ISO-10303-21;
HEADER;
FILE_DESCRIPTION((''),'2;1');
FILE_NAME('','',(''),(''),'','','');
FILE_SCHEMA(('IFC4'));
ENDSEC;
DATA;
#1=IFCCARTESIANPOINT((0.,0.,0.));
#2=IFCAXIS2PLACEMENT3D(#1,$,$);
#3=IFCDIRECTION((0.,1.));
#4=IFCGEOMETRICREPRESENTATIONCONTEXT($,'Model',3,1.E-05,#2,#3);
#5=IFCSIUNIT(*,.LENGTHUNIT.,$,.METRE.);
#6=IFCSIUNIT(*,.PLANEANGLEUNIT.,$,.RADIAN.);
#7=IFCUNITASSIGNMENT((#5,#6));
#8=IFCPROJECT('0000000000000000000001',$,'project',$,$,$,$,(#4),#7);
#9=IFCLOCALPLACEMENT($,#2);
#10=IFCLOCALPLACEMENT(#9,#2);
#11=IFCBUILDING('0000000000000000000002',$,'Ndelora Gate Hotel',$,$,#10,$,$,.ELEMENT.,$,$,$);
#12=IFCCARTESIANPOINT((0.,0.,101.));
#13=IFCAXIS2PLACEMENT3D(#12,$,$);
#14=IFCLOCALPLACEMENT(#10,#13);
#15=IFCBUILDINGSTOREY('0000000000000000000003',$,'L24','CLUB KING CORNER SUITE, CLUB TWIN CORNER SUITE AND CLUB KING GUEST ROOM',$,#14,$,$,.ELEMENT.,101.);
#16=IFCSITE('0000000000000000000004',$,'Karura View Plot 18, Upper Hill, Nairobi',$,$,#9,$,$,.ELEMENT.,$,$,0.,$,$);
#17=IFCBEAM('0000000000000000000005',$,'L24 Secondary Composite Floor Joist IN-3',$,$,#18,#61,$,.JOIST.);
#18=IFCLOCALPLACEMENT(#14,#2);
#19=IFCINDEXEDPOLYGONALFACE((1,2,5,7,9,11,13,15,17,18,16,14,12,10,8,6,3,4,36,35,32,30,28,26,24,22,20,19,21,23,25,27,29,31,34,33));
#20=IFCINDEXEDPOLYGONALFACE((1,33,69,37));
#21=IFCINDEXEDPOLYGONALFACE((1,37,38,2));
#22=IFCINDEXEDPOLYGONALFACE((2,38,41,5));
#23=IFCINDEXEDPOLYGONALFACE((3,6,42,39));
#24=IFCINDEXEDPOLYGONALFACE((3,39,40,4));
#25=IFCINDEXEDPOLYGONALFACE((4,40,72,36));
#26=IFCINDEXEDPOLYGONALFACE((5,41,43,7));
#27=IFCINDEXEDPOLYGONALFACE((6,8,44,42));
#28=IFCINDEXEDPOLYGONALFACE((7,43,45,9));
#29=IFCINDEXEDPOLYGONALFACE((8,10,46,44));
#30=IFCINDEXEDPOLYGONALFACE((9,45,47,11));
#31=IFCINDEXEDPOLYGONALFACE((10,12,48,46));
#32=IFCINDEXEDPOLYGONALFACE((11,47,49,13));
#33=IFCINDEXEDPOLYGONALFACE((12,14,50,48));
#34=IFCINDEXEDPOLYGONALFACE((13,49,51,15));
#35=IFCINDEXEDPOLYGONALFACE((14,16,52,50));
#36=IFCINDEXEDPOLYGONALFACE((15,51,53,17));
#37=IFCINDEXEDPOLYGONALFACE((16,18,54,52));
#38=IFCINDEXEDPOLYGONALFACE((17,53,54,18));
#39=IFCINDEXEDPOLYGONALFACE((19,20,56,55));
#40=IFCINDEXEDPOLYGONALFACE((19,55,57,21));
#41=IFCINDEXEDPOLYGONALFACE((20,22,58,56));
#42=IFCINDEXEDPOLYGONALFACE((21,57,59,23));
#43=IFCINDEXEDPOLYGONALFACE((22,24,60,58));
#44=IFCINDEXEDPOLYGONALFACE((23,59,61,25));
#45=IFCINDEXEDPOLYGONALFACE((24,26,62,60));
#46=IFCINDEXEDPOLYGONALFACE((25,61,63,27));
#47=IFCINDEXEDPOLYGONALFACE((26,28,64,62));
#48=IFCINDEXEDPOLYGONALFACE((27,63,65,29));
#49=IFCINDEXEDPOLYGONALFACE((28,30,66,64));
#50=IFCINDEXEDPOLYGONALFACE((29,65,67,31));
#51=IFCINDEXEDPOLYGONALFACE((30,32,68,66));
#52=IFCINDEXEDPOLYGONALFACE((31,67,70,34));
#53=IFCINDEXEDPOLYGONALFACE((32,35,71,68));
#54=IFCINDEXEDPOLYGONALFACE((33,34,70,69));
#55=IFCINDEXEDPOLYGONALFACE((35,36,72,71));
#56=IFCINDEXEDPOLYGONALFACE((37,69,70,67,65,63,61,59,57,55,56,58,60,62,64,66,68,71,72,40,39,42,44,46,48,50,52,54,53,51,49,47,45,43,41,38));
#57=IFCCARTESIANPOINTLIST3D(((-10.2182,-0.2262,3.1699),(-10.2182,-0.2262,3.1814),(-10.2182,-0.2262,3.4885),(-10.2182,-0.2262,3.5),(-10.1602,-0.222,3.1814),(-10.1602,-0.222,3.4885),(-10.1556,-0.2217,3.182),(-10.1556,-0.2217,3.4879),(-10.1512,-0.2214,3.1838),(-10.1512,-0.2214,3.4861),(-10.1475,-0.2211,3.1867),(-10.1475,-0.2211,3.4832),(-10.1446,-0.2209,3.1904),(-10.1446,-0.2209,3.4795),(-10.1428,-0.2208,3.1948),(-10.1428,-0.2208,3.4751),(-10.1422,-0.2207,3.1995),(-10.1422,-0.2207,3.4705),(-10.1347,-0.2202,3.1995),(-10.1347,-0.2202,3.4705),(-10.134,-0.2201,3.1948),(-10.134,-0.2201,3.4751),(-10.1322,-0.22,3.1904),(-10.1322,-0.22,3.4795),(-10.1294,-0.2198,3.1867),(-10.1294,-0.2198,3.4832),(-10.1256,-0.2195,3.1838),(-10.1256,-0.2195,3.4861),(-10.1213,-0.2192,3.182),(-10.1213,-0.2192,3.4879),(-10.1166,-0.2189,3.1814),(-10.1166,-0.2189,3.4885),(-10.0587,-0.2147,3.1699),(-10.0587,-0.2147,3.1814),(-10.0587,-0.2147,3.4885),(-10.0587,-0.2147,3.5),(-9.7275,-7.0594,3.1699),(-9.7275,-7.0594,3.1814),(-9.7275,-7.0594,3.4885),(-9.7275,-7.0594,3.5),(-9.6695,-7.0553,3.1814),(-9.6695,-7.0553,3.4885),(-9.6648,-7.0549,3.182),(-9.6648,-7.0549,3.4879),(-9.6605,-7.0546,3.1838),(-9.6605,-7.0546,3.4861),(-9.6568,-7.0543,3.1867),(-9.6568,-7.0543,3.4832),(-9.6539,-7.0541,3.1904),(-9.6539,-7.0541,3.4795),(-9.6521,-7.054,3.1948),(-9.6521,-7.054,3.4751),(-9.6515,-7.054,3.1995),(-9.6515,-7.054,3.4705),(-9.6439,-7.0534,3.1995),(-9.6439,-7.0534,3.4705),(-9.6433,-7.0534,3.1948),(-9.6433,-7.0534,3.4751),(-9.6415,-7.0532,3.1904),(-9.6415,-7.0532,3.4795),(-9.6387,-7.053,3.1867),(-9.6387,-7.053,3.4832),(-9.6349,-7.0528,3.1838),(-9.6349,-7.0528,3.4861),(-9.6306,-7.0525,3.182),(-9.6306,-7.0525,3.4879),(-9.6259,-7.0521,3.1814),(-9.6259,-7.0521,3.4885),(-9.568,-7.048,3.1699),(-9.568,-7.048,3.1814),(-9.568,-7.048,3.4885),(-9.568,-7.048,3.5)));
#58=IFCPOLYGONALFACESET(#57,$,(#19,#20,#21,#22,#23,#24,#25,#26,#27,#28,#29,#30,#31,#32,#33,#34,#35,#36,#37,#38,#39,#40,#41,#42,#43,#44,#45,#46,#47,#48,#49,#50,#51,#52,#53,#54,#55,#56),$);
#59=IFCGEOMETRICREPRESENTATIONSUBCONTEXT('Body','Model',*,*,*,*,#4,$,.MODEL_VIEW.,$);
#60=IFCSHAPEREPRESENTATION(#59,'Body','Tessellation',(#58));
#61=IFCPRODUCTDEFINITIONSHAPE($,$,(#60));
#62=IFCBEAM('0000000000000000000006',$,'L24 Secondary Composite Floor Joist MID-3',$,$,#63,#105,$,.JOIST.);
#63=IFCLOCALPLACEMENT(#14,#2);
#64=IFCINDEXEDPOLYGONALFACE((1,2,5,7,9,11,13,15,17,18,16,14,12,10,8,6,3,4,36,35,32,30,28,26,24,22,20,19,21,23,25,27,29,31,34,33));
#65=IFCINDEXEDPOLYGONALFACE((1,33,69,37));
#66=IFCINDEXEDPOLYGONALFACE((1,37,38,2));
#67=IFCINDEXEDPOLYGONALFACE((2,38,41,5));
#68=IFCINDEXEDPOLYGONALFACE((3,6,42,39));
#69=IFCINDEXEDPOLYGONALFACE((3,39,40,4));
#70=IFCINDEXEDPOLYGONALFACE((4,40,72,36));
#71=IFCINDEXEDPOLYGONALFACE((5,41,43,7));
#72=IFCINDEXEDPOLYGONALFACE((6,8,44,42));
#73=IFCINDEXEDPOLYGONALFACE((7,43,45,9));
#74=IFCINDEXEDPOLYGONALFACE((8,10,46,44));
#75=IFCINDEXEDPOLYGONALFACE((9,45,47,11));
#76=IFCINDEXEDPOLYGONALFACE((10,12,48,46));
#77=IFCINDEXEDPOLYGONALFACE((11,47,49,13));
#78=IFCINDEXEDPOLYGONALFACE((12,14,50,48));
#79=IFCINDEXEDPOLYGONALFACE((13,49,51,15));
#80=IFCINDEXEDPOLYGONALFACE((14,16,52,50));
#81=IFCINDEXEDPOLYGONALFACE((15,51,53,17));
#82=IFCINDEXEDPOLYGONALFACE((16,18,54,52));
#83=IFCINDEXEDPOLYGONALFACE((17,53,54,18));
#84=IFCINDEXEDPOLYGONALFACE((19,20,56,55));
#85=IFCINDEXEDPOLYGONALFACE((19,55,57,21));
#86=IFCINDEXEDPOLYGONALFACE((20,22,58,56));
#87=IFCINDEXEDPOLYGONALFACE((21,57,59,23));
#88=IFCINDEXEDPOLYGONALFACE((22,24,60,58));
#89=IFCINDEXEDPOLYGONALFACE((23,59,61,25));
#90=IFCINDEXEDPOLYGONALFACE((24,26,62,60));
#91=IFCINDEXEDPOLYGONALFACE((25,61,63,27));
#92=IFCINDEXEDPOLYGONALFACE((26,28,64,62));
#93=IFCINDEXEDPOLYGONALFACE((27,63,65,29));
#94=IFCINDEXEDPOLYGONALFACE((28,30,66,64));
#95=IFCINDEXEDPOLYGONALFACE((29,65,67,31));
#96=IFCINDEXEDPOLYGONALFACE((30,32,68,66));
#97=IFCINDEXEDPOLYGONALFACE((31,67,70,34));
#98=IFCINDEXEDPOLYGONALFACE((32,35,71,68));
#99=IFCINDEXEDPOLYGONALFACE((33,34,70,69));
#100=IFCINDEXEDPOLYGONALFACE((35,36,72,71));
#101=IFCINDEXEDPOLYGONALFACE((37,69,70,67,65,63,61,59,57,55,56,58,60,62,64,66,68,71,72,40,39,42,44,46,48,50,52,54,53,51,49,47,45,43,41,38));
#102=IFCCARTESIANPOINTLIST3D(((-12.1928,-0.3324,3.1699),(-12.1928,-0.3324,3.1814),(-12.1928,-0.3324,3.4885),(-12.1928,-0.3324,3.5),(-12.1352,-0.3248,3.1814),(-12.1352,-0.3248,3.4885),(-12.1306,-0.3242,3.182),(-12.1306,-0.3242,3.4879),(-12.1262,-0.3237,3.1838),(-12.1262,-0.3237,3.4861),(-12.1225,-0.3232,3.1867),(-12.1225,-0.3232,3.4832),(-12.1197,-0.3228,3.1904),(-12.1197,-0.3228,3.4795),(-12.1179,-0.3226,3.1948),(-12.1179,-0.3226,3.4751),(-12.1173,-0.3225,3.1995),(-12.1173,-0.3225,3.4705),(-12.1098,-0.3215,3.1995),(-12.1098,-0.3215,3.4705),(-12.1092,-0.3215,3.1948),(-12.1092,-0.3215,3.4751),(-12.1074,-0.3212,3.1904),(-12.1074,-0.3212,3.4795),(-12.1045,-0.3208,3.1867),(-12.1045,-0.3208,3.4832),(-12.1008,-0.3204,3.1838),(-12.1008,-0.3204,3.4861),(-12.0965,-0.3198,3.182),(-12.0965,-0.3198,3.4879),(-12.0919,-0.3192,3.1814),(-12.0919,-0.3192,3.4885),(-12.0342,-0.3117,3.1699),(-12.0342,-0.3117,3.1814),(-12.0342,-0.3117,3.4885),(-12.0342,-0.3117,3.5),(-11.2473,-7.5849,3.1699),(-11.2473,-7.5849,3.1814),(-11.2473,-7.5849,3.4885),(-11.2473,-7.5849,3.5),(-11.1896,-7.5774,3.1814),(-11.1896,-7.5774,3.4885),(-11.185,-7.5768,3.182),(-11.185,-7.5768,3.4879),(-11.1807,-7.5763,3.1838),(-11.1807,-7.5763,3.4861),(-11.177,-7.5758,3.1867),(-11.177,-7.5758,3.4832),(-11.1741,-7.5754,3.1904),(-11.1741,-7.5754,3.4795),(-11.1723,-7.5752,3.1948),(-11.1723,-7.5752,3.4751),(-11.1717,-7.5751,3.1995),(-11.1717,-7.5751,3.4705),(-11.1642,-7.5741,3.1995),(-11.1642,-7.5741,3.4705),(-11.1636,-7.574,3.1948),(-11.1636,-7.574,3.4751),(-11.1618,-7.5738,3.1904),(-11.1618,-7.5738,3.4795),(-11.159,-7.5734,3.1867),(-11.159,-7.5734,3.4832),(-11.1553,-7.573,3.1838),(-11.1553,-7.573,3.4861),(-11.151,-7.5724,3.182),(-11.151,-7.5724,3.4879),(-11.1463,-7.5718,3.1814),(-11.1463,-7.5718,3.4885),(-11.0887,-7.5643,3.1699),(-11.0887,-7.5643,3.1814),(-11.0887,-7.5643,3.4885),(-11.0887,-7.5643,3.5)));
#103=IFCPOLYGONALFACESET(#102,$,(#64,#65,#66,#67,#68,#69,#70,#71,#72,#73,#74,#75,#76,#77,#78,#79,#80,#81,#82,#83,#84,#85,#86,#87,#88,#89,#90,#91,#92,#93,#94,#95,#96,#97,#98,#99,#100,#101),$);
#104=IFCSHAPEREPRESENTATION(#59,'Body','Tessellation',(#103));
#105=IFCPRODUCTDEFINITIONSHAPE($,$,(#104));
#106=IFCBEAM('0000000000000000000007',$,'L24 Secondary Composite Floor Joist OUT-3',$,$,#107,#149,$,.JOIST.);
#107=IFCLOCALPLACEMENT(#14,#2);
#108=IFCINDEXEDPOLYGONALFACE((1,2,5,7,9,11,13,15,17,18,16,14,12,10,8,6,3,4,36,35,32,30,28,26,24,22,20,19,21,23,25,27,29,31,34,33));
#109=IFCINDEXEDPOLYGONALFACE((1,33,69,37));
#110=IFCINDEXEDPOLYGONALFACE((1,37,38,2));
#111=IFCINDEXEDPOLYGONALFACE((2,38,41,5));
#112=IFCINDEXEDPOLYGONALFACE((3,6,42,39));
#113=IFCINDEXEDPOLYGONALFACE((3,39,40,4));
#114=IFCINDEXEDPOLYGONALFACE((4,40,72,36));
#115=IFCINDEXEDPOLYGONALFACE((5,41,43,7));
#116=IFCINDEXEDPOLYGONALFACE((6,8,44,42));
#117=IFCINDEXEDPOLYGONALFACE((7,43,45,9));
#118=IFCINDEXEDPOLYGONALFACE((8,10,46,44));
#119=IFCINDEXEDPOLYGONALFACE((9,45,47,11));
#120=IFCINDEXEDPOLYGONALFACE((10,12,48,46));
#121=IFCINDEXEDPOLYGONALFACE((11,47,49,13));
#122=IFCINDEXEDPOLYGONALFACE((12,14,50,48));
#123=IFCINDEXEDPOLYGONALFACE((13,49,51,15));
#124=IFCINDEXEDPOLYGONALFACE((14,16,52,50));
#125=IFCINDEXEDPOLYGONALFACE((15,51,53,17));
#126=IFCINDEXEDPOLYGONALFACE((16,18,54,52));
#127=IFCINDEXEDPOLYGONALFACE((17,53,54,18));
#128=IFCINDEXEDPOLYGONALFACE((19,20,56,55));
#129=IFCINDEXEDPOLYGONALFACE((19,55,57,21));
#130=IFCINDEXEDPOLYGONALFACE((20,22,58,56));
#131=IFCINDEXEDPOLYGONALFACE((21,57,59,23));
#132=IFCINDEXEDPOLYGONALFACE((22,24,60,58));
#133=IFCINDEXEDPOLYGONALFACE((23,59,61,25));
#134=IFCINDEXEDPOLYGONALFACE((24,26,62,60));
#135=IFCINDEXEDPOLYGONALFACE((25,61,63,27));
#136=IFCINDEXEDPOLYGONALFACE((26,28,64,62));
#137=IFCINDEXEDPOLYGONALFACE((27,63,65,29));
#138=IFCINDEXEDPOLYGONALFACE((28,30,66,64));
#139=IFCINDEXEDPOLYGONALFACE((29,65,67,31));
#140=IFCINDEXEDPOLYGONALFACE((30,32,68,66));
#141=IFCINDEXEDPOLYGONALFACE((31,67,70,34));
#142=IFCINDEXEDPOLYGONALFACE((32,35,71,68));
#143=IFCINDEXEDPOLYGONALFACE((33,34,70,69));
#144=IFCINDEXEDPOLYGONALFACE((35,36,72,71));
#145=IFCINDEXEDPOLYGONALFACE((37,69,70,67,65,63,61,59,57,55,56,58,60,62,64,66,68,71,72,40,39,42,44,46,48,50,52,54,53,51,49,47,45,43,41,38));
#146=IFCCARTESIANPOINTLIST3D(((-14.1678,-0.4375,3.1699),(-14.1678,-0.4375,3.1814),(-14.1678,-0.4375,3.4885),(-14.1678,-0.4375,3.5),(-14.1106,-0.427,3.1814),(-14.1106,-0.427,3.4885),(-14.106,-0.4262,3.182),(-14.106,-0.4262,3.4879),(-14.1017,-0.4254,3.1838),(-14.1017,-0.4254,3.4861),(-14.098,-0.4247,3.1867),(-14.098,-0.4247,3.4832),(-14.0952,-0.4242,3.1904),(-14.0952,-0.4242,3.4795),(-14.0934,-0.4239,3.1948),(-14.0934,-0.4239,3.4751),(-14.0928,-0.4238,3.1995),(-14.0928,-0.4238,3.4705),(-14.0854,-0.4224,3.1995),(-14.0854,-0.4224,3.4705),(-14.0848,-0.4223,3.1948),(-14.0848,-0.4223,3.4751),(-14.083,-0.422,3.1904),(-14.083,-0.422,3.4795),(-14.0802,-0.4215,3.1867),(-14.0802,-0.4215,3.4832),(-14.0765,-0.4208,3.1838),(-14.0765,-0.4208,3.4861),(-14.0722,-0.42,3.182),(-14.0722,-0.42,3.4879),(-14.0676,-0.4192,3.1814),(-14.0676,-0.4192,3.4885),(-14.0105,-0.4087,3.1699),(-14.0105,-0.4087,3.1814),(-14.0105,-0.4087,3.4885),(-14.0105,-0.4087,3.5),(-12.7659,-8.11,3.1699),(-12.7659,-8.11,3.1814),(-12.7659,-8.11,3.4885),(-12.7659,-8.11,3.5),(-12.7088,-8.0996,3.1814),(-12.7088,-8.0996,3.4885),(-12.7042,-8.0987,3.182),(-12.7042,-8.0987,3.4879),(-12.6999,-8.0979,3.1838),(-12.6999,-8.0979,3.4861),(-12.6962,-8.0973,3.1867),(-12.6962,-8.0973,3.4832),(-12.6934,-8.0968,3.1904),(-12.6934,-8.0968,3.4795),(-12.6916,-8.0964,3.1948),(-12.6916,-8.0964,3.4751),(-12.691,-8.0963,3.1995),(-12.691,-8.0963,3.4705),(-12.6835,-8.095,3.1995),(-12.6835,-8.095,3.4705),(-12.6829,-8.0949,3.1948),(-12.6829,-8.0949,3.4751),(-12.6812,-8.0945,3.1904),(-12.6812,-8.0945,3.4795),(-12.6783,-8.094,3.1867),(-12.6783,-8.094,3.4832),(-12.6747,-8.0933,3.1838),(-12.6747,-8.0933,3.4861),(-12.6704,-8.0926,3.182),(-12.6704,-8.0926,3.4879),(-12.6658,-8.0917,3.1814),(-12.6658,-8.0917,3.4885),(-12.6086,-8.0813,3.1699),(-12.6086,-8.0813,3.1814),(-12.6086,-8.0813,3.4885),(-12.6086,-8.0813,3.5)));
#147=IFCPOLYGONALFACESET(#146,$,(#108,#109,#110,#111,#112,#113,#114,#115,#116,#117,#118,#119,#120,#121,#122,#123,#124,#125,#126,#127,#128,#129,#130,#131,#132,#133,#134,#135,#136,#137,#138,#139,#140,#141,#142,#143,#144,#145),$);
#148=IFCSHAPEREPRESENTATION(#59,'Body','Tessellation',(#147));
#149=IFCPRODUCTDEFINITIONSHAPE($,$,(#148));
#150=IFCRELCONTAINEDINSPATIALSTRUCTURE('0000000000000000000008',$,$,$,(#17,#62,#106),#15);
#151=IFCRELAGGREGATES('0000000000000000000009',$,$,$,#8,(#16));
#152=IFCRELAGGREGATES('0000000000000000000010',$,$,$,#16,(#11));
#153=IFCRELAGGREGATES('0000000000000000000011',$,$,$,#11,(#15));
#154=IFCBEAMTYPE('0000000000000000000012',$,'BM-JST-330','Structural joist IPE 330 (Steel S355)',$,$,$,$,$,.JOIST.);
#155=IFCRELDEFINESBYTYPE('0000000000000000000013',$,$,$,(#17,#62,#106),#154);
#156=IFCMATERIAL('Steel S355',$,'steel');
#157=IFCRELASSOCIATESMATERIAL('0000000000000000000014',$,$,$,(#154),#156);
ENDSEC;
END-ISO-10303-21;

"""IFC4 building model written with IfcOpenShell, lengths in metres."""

from ifc_helpers import new_model, si_unit, direction, frame, origin, origin_2d, place, context, subcontext, project, spatial, i_section, extrude, material, material_profile, profile_set, type_object, element, save


model = new_model("IFC4")

# Units and contexts
model_context = context("Model", 3, precision=1e-05, world=origin(), true_north=direction((0.0, 1.0)))
body_context = subcontext(model_context, "Body", "Model", "MODEL_VIEW")
ifc_project = project(units=[si_unit("LENGTHUNIT", "METRE"), si_unit("PLANEANGLEUNIT", "RADIAN")], contexts=[model_context])

# Site, building, storey
site_placement = place(None, origin())
site = spatial("IfcSite", under=ifc_project, at=site_placement, Name="Karura View Plot 18, Upper Hill, Nairobi", CompositionType="ELEMENT", RefElevation=0.0)
building_placement = place(site_placement, origin())
building = spatial("IfcBuilding", under=site, at=building_placement, Name="Ndelora Gate Hotel", CompositionType="ELEMENT")
storey_placement = place(building_placement, frame((0.0, 0.0, 101.0)))
storey = spatial("IfcBuildingStorey", under=building, at=storey_placement, Name="L24", Description="CLUB KING CORNER SUITE, CLUB TWIN CORNER SUITE AND CLUB KING GUEST ROOM", CompositionType="ELEMENT", Elevation=101.0)

# Beams
ifc_material_1 = material(Name="Steel S355", Category="steel")
ifc_material_profile_1 = material_profile(ifc_material_1, i_section(OverallWidth=0.1599, OverallDepth=0.3301, WebThickness=0.0076, FlangeThickness=0.0115, FilletRadius=0.0181, at=origin_2d()), Name="IPE 330")
ifc_profile_set_1 = profile_set([ifc_material_profile_1], Name="Steel S355")
beam_type = type_object("IfcBeamType", Name="BM-JST-330", Description="Structural joist IPE 330 (Steel S355)", PredefinedType="JOIST", material=ifc_profile_set_1)
beam_1_placement = place(storey_placement, frame((-10.1384, -0.2205, 3.335), z_axis=(0.071629, -0.997431, 0.0), x_axis=(0.997431, 0.071629, 0.0)))
element("IfcBeam", 1, at=beam_1_placement, inside=storey, type_object=beam_type, Name="L24 Secondary Composite Floor Joist IN-3", PredefinedType="JOIST", context=body_context, shape_type="SweptSolid", body=[
    extrude(i_section(OverallWidth=0.1599, OverallDepth=0.3301, WebThickness=0.0076, FlangeThickness=0.0115, FilletRadius=0.0181, at=origin_2d()), origin(), (0.0, 0.0, 1.0), 6.8508),
])
beam_2_placement = place(storey_placement, frame((-12.1135, -0.322, 3.335), z_axis=(0.129279, -0.991608, 0.0), x_axis=(0.991608, 0.129279, 0.0)))
element("IfcBeam", 2, at=beam_2_placement, inside=storey, type_object=beam_type, Name="L24 Secondary Composite Floor Joist MID-3", PredefinedType="JOIST", context=body_context, shape_type="SweptSolid", body=[
    extrude(i_section(OverallWidth=0.1599, OverallDepth=0.3301, WebThickness=0.0076, FlangeThickness=0.0115, FilletRadius=0.0181, at=origin_2d()), origin(), (0.0, 0.0, 1.0), 7.314),
])
beam_3_placement = place(storey_placement, frame((-14.0891, -0.4231, 3.335), z_axis=(0.179734, -0.983715, 0.0), x_axis=(0.983715, 0.179734, 0.0)))
element("IfcBeam", 3, at=beam_3_placement, inside=storey, type_object=beam_type, Name="L24 Secondary Composite Floor Joist OUT-3", PredefinedType="JOIST", context=body_context, shape_type="SweptSolid", body=[
    extrude(i_section(OverallWidth=0.1599, OverallDepth=0.3301, WebThickness=0.0076, FlangeThickness=0.0115, FilletRadius=0.0181, at=origin_2d()), origin(), (0.0, 0.0, 1.0), 7.7996),
])

save(model, "model.ifc")
